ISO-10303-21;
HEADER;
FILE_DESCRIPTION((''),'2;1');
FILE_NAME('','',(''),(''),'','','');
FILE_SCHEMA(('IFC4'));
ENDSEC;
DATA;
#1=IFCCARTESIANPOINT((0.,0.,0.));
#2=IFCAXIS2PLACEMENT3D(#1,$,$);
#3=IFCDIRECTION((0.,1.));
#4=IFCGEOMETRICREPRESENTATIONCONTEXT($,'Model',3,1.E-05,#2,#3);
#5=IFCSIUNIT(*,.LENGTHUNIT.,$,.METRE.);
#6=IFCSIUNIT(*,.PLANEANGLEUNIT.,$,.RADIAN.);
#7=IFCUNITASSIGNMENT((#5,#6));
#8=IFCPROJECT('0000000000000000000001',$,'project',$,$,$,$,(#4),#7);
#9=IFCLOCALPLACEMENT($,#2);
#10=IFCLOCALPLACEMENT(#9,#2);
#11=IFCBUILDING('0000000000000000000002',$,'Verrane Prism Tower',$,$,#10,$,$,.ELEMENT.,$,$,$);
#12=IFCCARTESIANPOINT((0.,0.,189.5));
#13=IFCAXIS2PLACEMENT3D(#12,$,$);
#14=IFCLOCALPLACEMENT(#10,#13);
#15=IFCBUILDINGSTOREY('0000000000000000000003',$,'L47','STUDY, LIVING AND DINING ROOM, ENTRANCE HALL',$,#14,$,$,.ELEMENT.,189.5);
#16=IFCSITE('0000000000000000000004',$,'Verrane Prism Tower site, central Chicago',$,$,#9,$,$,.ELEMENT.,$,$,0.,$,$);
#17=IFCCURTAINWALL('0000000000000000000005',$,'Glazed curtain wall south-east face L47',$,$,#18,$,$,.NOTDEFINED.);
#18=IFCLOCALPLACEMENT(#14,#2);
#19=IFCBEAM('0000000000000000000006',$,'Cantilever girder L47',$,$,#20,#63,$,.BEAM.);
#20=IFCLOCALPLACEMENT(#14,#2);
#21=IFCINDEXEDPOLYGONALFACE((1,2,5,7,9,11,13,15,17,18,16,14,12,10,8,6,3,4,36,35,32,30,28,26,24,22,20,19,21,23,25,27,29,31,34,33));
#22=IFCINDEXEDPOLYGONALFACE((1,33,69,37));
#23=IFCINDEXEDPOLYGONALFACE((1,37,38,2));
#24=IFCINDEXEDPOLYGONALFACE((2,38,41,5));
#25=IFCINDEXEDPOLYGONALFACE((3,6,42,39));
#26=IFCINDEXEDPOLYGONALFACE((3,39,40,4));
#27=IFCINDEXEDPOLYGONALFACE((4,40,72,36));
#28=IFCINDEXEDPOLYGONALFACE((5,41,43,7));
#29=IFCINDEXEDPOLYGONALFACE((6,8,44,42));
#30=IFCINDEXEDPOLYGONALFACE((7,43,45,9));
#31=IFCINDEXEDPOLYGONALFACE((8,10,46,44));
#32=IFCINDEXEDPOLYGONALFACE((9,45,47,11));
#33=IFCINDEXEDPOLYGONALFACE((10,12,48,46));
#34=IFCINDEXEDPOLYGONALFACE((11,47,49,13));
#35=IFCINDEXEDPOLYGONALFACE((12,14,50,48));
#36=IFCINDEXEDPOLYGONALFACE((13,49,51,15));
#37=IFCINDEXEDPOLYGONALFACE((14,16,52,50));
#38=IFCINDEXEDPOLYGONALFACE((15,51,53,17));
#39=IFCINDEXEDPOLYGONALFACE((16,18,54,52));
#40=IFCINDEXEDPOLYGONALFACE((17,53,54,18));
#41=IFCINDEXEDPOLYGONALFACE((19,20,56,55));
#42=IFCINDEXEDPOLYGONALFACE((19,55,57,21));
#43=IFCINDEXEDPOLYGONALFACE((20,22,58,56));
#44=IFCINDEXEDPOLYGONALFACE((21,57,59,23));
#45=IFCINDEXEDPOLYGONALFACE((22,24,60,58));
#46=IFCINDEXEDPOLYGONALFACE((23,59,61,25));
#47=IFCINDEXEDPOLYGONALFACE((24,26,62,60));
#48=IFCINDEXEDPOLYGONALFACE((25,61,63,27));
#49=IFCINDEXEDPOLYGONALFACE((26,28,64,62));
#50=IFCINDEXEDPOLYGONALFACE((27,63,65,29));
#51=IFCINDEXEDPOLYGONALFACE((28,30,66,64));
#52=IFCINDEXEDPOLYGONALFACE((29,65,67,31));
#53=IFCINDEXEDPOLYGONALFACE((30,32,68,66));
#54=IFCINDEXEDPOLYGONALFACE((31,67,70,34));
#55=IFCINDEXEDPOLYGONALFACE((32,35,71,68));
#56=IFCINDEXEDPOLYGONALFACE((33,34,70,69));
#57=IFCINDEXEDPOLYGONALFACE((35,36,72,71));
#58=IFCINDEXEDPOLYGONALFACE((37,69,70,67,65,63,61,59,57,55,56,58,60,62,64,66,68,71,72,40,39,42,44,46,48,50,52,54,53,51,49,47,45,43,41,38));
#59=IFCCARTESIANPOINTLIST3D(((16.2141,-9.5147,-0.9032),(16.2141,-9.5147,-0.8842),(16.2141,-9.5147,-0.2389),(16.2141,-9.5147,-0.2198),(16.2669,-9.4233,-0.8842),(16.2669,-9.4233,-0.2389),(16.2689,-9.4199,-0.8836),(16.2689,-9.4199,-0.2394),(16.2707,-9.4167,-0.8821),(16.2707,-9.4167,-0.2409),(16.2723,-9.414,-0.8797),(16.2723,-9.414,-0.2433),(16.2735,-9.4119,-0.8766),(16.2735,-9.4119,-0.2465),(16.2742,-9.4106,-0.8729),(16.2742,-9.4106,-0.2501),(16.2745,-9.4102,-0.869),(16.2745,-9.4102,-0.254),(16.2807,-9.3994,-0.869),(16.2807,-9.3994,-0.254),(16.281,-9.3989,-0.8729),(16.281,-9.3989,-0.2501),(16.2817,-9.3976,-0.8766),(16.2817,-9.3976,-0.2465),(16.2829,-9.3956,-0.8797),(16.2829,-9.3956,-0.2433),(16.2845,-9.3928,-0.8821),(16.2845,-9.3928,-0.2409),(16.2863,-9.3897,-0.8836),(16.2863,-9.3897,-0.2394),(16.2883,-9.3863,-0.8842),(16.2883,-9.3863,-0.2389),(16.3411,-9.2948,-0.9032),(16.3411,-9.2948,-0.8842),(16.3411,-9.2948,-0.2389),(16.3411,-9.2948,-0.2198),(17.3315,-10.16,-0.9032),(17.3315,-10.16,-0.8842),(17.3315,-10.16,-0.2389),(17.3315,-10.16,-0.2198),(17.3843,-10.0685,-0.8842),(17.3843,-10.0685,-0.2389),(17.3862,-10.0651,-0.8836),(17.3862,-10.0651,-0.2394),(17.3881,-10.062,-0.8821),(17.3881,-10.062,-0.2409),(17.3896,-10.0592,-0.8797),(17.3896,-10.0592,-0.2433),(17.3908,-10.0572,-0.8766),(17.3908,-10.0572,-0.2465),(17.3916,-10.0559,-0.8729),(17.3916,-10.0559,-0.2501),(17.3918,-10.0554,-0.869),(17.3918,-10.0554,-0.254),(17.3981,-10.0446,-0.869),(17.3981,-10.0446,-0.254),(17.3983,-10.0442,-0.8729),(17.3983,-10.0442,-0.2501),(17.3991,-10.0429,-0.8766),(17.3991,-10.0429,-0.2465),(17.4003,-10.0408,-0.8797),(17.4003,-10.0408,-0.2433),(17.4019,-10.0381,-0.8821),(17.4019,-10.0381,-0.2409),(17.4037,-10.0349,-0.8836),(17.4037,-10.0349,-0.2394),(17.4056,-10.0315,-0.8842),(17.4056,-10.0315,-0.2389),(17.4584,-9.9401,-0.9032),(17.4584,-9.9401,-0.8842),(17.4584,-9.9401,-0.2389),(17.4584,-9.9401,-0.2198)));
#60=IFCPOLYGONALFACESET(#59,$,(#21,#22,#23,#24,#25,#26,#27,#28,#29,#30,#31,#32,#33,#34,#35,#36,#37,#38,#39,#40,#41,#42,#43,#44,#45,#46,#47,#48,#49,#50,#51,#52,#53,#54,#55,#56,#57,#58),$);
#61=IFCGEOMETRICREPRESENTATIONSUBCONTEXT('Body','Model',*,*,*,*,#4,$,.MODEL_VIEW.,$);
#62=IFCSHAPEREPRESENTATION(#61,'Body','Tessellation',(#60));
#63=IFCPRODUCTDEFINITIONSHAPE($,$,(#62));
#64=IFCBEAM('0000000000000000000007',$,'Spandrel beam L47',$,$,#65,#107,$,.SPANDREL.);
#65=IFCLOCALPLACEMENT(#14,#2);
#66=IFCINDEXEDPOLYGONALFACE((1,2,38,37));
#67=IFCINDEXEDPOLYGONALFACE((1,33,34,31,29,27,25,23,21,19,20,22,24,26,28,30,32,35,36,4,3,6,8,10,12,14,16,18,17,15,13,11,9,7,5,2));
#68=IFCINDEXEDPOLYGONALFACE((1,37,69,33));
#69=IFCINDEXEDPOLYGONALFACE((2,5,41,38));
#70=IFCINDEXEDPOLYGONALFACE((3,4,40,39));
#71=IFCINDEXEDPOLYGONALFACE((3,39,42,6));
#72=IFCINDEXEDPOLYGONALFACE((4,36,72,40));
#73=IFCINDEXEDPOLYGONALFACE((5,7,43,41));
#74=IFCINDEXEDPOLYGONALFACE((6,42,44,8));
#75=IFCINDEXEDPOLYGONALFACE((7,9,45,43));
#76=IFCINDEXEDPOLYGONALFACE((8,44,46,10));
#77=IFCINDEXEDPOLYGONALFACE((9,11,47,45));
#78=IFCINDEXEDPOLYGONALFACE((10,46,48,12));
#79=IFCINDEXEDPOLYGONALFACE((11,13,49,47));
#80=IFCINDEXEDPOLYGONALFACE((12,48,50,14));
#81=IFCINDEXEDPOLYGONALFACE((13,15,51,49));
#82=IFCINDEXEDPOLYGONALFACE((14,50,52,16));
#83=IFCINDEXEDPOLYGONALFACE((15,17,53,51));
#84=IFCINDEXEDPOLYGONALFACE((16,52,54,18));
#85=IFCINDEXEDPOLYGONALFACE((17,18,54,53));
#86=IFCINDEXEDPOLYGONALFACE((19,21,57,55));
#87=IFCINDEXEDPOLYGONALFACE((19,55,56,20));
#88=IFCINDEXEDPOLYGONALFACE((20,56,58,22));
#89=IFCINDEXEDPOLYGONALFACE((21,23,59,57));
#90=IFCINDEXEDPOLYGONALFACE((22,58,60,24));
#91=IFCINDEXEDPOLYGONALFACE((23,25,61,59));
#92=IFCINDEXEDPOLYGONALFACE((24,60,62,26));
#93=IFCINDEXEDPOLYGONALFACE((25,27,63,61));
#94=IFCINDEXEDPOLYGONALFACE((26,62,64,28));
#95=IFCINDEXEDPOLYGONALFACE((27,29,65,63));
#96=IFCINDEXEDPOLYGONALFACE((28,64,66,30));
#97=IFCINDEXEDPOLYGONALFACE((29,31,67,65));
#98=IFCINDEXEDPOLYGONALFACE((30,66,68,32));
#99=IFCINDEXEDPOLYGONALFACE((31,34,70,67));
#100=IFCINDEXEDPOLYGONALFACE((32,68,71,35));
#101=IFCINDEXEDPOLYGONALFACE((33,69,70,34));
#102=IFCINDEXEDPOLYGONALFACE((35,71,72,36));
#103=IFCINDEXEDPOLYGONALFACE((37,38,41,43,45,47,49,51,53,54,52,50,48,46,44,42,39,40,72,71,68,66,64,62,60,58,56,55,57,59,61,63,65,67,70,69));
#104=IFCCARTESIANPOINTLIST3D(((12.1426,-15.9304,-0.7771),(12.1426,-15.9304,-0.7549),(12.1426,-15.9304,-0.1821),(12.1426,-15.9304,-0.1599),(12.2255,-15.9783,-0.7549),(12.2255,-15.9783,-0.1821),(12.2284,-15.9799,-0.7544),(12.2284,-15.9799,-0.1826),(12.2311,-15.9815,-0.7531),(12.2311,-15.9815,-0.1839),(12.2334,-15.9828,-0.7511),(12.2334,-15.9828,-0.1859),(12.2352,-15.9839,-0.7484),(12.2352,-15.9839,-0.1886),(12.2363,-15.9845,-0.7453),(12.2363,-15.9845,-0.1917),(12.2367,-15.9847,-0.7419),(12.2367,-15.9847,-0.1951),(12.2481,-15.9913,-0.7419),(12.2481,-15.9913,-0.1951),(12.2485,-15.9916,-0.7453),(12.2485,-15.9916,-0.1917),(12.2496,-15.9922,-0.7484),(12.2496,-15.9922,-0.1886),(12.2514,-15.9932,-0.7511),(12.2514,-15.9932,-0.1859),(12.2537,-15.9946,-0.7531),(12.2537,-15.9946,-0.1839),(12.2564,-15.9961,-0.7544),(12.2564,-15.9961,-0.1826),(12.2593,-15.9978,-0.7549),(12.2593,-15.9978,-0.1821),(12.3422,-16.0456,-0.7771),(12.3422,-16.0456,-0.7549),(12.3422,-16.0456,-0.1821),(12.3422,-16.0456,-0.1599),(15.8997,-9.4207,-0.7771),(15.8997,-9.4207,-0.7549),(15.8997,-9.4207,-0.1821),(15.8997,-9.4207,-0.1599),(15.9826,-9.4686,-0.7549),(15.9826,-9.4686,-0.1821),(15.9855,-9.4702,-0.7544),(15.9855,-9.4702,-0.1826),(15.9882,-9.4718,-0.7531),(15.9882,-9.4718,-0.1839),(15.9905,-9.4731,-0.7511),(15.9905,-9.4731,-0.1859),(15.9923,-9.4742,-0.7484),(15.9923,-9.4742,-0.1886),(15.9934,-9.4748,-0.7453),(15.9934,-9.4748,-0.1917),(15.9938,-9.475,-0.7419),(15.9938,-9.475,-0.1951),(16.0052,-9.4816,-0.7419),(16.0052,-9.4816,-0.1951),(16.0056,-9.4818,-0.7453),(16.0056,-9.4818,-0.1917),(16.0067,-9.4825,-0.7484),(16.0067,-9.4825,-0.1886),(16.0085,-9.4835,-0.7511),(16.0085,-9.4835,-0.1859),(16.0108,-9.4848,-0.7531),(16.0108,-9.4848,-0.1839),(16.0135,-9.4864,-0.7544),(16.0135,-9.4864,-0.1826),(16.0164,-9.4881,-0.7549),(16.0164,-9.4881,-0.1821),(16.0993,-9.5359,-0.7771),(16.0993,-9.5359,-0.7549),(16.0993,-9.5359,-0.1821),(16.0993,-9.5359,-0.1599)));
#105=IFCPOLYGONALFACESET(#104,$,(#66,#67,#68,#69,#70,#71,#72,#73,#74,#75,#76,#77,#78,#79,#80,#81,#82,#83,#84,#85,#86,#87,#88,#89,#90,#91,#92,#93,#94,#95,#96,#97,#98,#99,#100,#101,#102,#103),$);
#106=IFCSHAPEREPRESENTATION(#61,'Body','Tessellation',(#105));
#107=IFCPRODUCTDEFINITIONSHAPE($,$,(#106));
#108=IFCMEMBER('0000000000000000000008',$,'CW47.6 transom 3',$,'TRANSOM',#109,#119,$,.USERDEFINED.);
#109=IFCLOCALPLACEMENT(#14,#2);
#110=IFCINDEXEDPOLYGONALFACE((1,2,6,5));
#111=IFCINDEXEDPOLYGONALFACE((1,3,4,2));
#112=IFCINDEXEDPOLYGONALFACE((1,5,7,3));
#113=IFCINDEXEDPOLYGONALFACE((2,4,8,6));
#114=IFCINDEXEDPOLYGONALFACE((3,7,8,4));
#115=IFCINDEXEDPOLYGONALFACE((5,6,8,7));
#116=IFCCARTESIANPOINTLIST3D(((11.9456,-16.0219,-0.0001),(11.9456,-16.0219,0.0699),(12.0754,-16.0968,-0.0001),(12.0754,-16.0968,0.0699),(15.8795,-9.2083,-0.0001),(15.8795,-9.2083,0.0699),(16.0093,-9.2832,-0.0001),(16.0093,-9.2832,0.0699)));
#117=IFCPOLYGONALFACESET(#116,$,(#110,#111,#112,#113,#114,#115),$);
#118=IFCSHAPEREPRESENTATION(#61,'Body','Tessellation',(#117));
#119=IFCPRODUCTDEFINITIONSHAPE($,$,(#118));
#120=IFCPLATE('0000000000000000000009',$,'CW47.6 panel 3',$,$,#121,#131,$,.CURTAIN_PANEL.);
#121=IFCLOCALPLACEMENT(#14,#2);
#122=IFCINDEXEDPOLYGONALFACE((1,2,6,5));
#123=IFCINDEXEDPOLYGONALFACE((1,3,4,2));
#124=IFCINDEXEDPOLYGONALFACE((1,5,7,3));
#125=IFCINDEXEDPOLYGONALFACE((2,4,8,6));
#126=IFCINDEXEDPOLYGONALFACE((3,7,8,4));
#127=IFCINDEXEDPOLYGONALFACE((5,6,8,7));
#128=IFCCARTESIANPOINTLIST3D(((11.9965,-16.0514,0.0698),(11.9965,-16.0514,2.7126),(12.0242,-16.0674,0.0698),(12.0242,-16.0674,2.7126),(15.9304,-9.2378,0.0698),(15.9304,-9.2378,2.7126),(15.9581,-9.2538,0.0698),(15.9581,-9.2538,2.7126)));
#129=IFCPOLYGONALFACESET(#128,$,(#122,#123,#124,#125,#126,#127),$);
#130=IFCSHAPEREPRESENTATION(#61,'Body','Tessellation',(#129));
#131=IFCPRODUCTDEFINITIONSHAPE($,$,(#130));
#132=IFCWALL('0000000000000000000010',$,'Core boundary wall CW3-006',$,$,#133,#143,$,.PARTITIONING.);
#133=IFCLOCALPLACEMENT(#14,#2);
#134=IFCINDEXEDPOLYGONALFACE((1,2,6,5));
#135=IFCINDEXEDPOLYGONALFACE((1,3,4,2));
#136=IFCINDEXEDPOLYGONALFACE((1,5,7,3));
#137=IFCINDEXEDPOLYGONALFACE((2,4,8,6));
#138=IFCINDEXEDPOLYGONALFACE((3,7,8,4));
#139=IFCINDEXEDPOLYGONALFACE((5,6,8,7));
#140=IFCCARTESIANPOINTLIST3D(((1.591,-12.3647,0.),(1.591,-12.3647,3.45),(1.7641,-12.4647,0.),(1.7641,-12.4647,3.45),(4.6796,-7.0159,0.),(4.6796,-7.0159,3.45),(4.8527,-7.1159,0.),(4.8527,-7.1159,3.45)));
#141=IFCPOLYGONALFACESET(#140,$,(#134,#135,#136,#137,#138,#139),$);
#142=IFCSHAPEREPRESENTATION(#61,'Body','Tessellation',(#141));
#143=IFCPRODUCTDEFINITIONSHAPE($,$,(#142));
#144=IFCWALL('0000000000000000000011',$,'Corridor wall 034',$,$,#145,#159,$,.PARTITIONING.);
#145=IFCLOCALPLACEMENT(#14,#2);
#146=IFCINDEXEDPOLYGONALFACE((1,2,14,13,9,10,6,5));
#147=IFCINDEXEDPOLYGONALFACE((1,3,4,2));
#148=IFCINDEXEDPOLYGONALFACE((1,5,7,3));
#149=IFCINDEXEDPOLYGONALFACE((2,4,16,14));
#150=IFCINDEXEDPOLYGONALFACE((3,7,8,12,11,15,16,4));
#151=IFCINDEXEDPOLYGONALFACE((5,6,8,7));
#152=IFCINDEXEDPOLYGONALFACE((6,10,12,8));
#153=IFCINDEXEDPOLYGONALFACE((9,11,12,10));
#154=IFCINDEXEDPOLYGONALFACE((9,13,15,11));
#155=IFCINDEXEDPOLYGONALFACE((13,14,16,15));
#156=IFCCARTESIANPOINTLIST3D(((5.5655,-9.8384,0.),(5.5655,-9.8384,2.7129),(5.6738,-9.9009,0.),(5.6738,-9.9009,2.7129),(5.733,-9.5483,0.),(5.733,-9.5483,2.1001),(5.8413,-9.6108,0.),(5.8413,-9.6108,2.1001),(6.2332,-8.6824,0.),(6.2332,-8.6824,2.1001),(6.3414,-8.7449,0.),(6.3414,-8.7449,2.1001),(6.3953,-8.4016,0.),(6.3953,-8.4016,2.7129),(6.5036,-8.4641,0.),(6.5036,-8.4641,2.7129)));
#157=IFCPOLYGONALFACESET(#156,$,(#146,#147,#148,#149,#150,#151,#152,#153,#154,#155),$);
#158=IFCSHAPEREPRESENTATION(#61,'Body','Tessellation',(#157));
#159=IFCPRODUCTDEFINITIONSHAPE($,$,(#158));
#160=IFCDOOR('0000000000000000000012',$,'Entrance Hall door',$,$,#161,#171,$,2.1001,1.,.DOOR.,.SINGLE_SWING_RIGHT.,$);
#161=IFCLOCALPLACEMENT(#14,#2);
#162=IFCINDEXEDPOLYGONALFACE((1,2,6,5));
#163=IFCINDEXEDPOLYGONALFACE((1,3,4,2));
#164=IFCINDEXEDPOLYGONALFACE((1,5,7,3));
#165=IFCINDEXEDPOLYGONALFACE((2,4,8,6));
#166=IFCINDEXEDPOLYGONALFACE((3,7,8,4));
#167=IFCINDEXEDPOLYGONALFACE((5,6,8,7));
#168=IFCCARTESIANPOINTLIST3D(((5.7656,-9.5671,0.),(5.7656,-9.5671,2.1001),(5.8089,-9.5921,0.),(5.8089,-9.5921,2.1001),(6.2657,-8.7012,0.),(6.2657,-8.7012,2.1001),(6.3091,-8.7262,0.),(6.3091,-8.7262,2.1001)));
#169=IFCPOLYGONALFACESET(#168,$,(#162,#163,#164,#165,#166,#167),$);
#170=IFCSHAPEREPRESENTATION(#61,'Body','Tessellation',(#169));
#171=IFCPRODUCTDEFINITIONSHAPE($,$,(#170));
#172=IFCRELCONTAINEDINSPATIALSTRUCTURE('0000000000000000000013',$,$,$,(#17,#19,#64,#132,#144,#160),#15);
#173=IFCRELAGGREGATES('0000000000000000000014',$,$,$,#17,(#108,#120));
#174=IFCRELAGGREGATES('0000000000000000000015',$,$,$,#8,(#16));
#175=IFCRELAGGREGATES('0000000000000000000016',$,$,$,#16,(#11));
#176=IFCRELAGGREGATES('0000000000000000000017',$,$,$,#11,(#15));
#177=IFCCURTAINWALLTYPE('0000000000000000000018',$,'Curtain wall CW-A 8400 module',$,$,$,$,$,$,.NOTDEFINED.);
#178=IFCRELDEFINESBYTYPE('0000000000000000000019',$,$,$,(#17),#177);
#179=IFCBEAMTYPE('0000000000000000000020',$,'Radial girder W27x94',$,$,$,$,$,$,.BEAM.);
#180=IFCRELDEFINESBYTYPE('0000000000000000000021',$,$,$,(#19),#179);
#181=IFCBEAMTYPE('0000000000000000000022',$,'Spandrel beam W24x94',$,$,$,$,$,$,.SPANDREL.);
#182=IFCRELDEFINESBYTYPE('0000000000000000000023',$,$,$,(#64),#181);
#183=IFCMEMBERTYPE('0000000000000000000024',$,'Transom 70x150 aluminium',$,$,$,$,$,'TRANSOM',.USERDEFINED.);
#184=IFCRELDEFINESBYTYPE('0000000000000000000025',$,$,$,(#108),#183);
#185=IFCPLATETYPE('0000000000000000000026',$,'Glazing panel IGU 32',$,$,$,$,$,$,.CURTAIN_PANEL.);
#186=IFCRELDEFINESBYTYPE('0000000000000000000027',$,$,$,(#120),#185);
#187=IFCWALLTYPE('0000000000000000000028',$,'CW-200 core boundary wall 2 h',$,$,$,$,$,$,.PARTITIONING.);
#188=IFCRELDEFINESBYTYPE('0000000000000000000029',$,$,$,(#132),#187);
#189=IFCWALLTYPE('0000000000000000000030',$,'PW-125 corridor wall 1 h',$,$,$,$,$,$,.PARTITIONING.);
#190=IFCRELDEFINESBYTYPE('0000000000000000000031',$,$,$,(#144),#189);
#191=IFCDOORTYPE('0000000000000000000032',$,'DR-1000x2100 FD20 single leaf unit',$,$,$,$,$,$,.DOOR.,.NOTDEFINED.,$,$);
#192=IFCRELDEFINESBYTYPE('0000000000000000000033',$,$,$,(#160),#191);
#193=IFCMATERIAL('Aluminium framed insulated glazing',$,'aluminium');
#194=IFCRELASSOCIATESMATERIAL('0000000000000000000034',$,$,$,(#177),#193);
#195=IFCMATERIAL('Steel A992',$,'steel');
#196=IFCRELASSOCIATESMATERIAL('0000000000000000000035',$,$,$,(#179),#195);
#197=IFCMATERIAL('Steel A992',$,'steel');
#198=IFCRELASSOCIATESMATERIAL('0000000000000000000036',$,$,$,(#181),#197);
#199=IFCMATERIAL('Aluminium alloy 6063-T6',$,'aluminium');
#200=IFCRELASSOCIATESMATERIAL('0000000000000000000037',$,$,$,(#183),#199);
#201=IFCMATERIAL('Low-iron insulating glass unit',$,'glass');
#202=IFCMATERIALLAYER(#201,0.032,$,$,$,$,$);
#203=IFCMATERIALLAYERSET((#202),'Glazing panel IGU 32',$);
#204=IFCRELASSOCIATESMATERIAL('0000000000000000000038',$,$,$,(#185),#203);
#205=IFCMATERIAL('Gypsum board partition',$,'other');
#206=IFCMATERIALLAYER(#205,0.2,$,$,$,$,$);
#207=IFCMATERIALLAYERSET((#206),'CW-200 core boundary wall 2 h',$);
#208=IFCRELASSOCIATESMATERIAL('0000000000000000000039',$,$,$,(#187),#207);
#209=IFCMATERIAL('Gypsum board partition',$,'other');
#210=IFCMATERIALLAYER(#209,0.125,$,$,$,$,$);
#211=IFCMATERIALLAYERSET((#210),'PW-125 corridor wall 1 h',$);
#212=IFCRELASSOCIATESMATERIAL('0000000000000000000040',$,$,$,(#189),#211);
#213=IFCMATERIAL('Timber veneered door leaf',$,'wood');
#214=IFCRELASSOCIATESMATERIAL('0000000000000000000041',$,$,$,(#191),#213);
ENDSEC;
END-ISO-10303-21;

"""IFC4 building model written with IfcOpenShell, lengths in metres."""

from ifc_helpers import new_model, si_unit, direction, frame, frame_2d, origin, origin_2d, place, context, subcontext, project, spatial, rectangle, i_section, extrude, material, layer, layer_set, material_profile, profile_set, type_object, element, fill, aggregate, save


model = new_model("IFC4")

# Units and contexts
model_context = context("Model", 3, precision=1e-05, world=origin(), true_north=direction((0.0, 1.0)))
body_context = subcontext(model_context, "Body", "Model", "MODEL_VIEW")
ifc_project = project(units=[si_unit("LENGTHUNIT", "METRE"), si_unit("PLANEANGLEUNIT", "RADIAN")], contexts=[model_context])

# Site, building, storey
site_placement = place(None, origin())
site = spatial("IfcSite", under=ifc_project, at=site_placement, Name="Verrane Prism Tower site, central Chicago", CompositionType="ELEMENT", RefElevation=0.0)
building_placement = place(site_placement, origin())
building = spatial("IfcBuilding", under=site, at=building_placement, Name="Verrane Prism Tower", CompositionType="ELEMENT")
storey_placement = place(building_placement, frame((0.0, 0.0, 189.5)))
storey = spatial("IfcBuildingStorey", under=building, at=storey_placement, Name="L47", Description="STUDY, LIVING AND DINING ROOM, ENTRANCE HALL", CompositionType="ELEMENT", Elevation=189.5)

# Curtain wall
ifc_material_1 = material(Name="Aluminium framed insulated glazing", Category="aluminium")
curtain_wall_type = type_object("IfcCurtainWallType", Name="Curtain wall CW-A 8400 module", PredefinedType="NOTDEFINED", material=ifc_material_1)
curtain_wall_placement = place(storey_placement, origin())
curtain_wall = element("IfcCurtainWall", 1, at=curtain_wall_placement, inside=storey, type_object=curtain_wall_type, Name="Glazed curtain wall south-east face L47", PredefinedType="NOTDEFINED")

# Beams
ifc_material_2 = material(Name="Steel A992", Category="steel")
ifc_material_profile_1 = material_profile(ifc_material_2, i_section(OverallWidth=0.2539, OverallDepth=0.6833, WebThickness=0.0125, FlangeThickness=0.019, FilletRadius=0.0151, at=origin_2d()), Name="W27x94")
ifc_profile_set_1 = profile_set([ifc_material_profile_1], Name="Steel A992")
beam_type_1 = type_object("IfcBeamType", Name="Radial girder W27x94", PredefinedType="BEAM", material=ifc_profile_set_1)
beam_1_placement = place(storey_placement, frame((16.2776, -9.4048, -0.5615), z_axis=(0.865987, -0.500066, 0.0), x_axis=(0.500066, 0.865987, 0.0)))
element("IfcBeam", 2, at=beam_1_placement, inside=storey, type_object=beam_type_1, Name="Cantilever girder L47", PredefinedType="BEAM", context=body_context, shape_type="SweptSolid", body=[
    extrude(i_section(OverallWidth=0.2539, OverallDepth=0.6833, WebThickness=0.0125, FlangeThickness=0.019, FilletRadius=0.0151, at=origin_2d()), origin(), (0.0, 0.0, 1.0), 1.2903),
])
ifc_material_3 = material(Name="Steel A992", Category="steel")
ifc_material_profile_2 = material_profile(ifc_material_3, i_section(OverallWidth=0.2305, OverallDepth=0.6172, WebThickness=0.0132, FlangeThickness=0.0222, FilletRadius=0.0129, at=origin_2d()), Name="W24x94")
ifc_profile_set_2 = profile_set([ifc_material_profile_2], Name="Steel A992")
beam_type_2 = type_object("IfcBeamType", Name="Spandrel beam W24x94", PredefinedType="SPANDREL", material=ifc_profile_set_2)
beam_2_placement = place(storey_placement, frame((12.2424, -15.988, -0.4685), z_axis=(0.499867, 0.866102, 0.0), x_axis=(-0.866102, 0.499867, 0.0)))
element("IfcBeam", 3, at=beam_2_placement, inside=storey, type_object=beam_type_2, Name="Spandrel beam L47", PredefinedType="SPANDREL", context=body_context, shape_type="SweptSolid", body=[
    extrude(i_section(OverallWidth=0.2305, OverallDepth=0.6172, WebThickness=0.0132, FlangeThickness=0.0222, FilletRadius=0.0129, at=origin_2d()), origin(), (0.0, 0.0, 1.0), 7.5161),
])

# Member
ifc_material_4 = material(Name="Aluminium alloy 6063-T6", Category="aluminium")
ifc_material_profile_3 = material_profile(ifc_material_4, rectangle(XDim=0.1499, YDim=0.0701, at=origin_2d()), Name="Transom 70x150 aluminium")
ifc_profile_set_3 = profile_set([ifc_material_profile_3], Name="Aluminium alloy 6063-T6")
member_type_1 = type_object("IfcMemberType", Name="Transom 70x150 aluminium", ElementType="TRANSOM", PredefinedType="USERDEFINED", material=ifc_profile_set_3)
member_1_placement = place(storey_placement, frame((12.0105, -16.0593, 0.0349), z_axis=(0.500007, 0.866021, 0.0), x_axis=(-0.866021, 0.500007, 0.0)))
member_1 = element("IfcMember", 4, at=member_1_placement, type_object=member_type_1, Name="CW47.6 transom 3", ObjectType="TRANSOM", PredefinedType="USERDEFINED", context=body_context, shape_type="SweptSolid", body=[
    extrude(rectangle(XDim=0.1499, YDim=0.0701, at=origin_2d()), origin(), (0.0, 0.0, 1.0), 7.8677),
])

# Plate
ifc_material_5 = material(Name="Low-iron insulating glass unit", Category="glass")
ifc_layer_1 = layer(ifc_material_5, 0.032)
ifc_layer_set_1 = layer_set([ifc_layer_1], Name="Glazing panel IGU 32")
plate_type = type_object("IfcPlateType", Name="Glazing panel IGU 32", PredefinedType="CURTAIN_PANEL", material=ifc_layer_set_1)
plate_placement = place(storey_placement, frame((13.9773, -12.6526, 0.0698), z_axis=(0.0, 0.0, 1.0), x_axis=(0.5, 0.866026, 0.0)))
plate = element("IfcPlate", 5, at=plate_placement, type_object=plate_type, Name="CW47.6 panel 3", PredefinedType="CURTAIN_PANEL", context=body_context, shape_type="SweptSolid", body=[
    extrude(rectangle(XDim=7.8677, YDim=0.032, at=origin_2d()), origin(), (0.0, 0.0, 1.0), 2.6428),
])
aggregate(curtain_wall, [member_1, plate])

# Wall
ifc_material_6 = material(Name="Gypsum board partition", Category="other")
ifc_layer_2 = layer(ifc_material_6, 0.2)
ifc_layer_set_2 = layer_set([ifc_layer_2], Name="CW-200 core boundary wall 2 h")
wall_type_1 = type_object("IfcWallType", Name="CW-200 core boundary wall 2 h", PredefinedType="PARTITIONING", material=ifc_layer_set_2)
wall_1_placement = place(storey_placement, frame((1.6775, -12.4148, 0.0), z_axis=(0.0, 0.0, 1.0), x_axis=(0.500054, 0.865994, 0.0)))
element("IfcWall", 6, at=wall_1_placement, inside=storey, type_object=wall_type_1, Name="Core boundary wall CW3-006", PredefinedType="PARTITIONING", context=body_context, shape_type="SweptSolid", body=[
    extrude(rectangle(XDim=6.1765, YDim=0.2, at=frame_2d((3.0884, 0.0))), origin(), (0.0, 0.0, 1.0), 3.45),
])

# Wall, opening, door
ifc_material_7 = material(Name="Gypsum board partition", Category="other")
ifc_layer_3 = layer(ifc_material_7, 0.125)
ifc_layer_set_3 = layer_set([ifc_layer_3], Name="PW-125 corridor wall 1 h")
wall_type_2 = type_object("IfcWallType", Name="PW-125 corridor wall 1 h", PredefinedType="PARTITIONING", material=ifc_layer_set_3)
wall_2_placement = place(storey_placement, frame((5.6196, -9.8696, 0.0), z_axis=(0.0, 0.0, 1.0), x_axis=(0.500143, 0.865943, 0.0)))
wall_2 = element("IfcWall", 7, at=wall_2_placement, inside=storey, type_object=wall_type_2, Name="Corridor wall 034", PredefinedType="PARTITIONING", context=body_context, shape_type="SweptSolid", body=[
    extrude(rectangle(XDim=1.6592, YDim=0.125, at=frame_2d((0.8296, 0.0))), origin(), (0.0, 0.0, 1.0), 2.7129),
])
opening_1_placement = place(wall_2_placement, frame((0.335, 0.0, 0.0)))
opening_1 = element("IfcOpeningElement", 8, at=opening_1_placement, cuts=wall_2, PredefinedType="OPENING", context=body_context, shape_type="SweptSolid", body=[
    extrude(rectangle(XDim=1.0, YDim=2.1001, at=frame_2d((0.5, 1.05))), frame((0.0, 0.0725, 0.0), z_axis=(0.0, -1.0, 0.0), x_axis=(1.0, 0.0, 0.0)), (0.0, 0.0, 1.0), 0.145),
])
ifc_material_8 = material(Name="Timber veneered door leaf", Category="wood")
door_type_1 = type_object("IfcDoorType", Name="DR-1000x2100 FD20 single leaf unit", OperationType="NOTDEFINED", PredefinedType="DOOR", material=ifc_material_8)
door_1_placement = place(opening_1_placement, origin())
door_1 = element("IfcDoor", 9, at=door_1_placement, inside=storey, type_object=door_type_1, Name="Entrance Hall door", OperationType="SINGLE_SWING_RIGHT", OverallHeight=2.1001, OverallWidth=1.0, PredefinedType="DOOR", context=body_context, shape_type="SweptSolid", body=[
    extrude(rectangle(XDim=1.0, YDim=2.1001, at=frame_2d((0.5, 1.05))), frame((0.0, 0.0249, 0.0), z_axis=(0.0, -1.0, 0.0), x_axis=(1.0, 0.0, 0.0)), (0.0, 0.0, 1.0), 0.05),
])
fill(opening_1, door_1)

save(model, "model.ifc")
